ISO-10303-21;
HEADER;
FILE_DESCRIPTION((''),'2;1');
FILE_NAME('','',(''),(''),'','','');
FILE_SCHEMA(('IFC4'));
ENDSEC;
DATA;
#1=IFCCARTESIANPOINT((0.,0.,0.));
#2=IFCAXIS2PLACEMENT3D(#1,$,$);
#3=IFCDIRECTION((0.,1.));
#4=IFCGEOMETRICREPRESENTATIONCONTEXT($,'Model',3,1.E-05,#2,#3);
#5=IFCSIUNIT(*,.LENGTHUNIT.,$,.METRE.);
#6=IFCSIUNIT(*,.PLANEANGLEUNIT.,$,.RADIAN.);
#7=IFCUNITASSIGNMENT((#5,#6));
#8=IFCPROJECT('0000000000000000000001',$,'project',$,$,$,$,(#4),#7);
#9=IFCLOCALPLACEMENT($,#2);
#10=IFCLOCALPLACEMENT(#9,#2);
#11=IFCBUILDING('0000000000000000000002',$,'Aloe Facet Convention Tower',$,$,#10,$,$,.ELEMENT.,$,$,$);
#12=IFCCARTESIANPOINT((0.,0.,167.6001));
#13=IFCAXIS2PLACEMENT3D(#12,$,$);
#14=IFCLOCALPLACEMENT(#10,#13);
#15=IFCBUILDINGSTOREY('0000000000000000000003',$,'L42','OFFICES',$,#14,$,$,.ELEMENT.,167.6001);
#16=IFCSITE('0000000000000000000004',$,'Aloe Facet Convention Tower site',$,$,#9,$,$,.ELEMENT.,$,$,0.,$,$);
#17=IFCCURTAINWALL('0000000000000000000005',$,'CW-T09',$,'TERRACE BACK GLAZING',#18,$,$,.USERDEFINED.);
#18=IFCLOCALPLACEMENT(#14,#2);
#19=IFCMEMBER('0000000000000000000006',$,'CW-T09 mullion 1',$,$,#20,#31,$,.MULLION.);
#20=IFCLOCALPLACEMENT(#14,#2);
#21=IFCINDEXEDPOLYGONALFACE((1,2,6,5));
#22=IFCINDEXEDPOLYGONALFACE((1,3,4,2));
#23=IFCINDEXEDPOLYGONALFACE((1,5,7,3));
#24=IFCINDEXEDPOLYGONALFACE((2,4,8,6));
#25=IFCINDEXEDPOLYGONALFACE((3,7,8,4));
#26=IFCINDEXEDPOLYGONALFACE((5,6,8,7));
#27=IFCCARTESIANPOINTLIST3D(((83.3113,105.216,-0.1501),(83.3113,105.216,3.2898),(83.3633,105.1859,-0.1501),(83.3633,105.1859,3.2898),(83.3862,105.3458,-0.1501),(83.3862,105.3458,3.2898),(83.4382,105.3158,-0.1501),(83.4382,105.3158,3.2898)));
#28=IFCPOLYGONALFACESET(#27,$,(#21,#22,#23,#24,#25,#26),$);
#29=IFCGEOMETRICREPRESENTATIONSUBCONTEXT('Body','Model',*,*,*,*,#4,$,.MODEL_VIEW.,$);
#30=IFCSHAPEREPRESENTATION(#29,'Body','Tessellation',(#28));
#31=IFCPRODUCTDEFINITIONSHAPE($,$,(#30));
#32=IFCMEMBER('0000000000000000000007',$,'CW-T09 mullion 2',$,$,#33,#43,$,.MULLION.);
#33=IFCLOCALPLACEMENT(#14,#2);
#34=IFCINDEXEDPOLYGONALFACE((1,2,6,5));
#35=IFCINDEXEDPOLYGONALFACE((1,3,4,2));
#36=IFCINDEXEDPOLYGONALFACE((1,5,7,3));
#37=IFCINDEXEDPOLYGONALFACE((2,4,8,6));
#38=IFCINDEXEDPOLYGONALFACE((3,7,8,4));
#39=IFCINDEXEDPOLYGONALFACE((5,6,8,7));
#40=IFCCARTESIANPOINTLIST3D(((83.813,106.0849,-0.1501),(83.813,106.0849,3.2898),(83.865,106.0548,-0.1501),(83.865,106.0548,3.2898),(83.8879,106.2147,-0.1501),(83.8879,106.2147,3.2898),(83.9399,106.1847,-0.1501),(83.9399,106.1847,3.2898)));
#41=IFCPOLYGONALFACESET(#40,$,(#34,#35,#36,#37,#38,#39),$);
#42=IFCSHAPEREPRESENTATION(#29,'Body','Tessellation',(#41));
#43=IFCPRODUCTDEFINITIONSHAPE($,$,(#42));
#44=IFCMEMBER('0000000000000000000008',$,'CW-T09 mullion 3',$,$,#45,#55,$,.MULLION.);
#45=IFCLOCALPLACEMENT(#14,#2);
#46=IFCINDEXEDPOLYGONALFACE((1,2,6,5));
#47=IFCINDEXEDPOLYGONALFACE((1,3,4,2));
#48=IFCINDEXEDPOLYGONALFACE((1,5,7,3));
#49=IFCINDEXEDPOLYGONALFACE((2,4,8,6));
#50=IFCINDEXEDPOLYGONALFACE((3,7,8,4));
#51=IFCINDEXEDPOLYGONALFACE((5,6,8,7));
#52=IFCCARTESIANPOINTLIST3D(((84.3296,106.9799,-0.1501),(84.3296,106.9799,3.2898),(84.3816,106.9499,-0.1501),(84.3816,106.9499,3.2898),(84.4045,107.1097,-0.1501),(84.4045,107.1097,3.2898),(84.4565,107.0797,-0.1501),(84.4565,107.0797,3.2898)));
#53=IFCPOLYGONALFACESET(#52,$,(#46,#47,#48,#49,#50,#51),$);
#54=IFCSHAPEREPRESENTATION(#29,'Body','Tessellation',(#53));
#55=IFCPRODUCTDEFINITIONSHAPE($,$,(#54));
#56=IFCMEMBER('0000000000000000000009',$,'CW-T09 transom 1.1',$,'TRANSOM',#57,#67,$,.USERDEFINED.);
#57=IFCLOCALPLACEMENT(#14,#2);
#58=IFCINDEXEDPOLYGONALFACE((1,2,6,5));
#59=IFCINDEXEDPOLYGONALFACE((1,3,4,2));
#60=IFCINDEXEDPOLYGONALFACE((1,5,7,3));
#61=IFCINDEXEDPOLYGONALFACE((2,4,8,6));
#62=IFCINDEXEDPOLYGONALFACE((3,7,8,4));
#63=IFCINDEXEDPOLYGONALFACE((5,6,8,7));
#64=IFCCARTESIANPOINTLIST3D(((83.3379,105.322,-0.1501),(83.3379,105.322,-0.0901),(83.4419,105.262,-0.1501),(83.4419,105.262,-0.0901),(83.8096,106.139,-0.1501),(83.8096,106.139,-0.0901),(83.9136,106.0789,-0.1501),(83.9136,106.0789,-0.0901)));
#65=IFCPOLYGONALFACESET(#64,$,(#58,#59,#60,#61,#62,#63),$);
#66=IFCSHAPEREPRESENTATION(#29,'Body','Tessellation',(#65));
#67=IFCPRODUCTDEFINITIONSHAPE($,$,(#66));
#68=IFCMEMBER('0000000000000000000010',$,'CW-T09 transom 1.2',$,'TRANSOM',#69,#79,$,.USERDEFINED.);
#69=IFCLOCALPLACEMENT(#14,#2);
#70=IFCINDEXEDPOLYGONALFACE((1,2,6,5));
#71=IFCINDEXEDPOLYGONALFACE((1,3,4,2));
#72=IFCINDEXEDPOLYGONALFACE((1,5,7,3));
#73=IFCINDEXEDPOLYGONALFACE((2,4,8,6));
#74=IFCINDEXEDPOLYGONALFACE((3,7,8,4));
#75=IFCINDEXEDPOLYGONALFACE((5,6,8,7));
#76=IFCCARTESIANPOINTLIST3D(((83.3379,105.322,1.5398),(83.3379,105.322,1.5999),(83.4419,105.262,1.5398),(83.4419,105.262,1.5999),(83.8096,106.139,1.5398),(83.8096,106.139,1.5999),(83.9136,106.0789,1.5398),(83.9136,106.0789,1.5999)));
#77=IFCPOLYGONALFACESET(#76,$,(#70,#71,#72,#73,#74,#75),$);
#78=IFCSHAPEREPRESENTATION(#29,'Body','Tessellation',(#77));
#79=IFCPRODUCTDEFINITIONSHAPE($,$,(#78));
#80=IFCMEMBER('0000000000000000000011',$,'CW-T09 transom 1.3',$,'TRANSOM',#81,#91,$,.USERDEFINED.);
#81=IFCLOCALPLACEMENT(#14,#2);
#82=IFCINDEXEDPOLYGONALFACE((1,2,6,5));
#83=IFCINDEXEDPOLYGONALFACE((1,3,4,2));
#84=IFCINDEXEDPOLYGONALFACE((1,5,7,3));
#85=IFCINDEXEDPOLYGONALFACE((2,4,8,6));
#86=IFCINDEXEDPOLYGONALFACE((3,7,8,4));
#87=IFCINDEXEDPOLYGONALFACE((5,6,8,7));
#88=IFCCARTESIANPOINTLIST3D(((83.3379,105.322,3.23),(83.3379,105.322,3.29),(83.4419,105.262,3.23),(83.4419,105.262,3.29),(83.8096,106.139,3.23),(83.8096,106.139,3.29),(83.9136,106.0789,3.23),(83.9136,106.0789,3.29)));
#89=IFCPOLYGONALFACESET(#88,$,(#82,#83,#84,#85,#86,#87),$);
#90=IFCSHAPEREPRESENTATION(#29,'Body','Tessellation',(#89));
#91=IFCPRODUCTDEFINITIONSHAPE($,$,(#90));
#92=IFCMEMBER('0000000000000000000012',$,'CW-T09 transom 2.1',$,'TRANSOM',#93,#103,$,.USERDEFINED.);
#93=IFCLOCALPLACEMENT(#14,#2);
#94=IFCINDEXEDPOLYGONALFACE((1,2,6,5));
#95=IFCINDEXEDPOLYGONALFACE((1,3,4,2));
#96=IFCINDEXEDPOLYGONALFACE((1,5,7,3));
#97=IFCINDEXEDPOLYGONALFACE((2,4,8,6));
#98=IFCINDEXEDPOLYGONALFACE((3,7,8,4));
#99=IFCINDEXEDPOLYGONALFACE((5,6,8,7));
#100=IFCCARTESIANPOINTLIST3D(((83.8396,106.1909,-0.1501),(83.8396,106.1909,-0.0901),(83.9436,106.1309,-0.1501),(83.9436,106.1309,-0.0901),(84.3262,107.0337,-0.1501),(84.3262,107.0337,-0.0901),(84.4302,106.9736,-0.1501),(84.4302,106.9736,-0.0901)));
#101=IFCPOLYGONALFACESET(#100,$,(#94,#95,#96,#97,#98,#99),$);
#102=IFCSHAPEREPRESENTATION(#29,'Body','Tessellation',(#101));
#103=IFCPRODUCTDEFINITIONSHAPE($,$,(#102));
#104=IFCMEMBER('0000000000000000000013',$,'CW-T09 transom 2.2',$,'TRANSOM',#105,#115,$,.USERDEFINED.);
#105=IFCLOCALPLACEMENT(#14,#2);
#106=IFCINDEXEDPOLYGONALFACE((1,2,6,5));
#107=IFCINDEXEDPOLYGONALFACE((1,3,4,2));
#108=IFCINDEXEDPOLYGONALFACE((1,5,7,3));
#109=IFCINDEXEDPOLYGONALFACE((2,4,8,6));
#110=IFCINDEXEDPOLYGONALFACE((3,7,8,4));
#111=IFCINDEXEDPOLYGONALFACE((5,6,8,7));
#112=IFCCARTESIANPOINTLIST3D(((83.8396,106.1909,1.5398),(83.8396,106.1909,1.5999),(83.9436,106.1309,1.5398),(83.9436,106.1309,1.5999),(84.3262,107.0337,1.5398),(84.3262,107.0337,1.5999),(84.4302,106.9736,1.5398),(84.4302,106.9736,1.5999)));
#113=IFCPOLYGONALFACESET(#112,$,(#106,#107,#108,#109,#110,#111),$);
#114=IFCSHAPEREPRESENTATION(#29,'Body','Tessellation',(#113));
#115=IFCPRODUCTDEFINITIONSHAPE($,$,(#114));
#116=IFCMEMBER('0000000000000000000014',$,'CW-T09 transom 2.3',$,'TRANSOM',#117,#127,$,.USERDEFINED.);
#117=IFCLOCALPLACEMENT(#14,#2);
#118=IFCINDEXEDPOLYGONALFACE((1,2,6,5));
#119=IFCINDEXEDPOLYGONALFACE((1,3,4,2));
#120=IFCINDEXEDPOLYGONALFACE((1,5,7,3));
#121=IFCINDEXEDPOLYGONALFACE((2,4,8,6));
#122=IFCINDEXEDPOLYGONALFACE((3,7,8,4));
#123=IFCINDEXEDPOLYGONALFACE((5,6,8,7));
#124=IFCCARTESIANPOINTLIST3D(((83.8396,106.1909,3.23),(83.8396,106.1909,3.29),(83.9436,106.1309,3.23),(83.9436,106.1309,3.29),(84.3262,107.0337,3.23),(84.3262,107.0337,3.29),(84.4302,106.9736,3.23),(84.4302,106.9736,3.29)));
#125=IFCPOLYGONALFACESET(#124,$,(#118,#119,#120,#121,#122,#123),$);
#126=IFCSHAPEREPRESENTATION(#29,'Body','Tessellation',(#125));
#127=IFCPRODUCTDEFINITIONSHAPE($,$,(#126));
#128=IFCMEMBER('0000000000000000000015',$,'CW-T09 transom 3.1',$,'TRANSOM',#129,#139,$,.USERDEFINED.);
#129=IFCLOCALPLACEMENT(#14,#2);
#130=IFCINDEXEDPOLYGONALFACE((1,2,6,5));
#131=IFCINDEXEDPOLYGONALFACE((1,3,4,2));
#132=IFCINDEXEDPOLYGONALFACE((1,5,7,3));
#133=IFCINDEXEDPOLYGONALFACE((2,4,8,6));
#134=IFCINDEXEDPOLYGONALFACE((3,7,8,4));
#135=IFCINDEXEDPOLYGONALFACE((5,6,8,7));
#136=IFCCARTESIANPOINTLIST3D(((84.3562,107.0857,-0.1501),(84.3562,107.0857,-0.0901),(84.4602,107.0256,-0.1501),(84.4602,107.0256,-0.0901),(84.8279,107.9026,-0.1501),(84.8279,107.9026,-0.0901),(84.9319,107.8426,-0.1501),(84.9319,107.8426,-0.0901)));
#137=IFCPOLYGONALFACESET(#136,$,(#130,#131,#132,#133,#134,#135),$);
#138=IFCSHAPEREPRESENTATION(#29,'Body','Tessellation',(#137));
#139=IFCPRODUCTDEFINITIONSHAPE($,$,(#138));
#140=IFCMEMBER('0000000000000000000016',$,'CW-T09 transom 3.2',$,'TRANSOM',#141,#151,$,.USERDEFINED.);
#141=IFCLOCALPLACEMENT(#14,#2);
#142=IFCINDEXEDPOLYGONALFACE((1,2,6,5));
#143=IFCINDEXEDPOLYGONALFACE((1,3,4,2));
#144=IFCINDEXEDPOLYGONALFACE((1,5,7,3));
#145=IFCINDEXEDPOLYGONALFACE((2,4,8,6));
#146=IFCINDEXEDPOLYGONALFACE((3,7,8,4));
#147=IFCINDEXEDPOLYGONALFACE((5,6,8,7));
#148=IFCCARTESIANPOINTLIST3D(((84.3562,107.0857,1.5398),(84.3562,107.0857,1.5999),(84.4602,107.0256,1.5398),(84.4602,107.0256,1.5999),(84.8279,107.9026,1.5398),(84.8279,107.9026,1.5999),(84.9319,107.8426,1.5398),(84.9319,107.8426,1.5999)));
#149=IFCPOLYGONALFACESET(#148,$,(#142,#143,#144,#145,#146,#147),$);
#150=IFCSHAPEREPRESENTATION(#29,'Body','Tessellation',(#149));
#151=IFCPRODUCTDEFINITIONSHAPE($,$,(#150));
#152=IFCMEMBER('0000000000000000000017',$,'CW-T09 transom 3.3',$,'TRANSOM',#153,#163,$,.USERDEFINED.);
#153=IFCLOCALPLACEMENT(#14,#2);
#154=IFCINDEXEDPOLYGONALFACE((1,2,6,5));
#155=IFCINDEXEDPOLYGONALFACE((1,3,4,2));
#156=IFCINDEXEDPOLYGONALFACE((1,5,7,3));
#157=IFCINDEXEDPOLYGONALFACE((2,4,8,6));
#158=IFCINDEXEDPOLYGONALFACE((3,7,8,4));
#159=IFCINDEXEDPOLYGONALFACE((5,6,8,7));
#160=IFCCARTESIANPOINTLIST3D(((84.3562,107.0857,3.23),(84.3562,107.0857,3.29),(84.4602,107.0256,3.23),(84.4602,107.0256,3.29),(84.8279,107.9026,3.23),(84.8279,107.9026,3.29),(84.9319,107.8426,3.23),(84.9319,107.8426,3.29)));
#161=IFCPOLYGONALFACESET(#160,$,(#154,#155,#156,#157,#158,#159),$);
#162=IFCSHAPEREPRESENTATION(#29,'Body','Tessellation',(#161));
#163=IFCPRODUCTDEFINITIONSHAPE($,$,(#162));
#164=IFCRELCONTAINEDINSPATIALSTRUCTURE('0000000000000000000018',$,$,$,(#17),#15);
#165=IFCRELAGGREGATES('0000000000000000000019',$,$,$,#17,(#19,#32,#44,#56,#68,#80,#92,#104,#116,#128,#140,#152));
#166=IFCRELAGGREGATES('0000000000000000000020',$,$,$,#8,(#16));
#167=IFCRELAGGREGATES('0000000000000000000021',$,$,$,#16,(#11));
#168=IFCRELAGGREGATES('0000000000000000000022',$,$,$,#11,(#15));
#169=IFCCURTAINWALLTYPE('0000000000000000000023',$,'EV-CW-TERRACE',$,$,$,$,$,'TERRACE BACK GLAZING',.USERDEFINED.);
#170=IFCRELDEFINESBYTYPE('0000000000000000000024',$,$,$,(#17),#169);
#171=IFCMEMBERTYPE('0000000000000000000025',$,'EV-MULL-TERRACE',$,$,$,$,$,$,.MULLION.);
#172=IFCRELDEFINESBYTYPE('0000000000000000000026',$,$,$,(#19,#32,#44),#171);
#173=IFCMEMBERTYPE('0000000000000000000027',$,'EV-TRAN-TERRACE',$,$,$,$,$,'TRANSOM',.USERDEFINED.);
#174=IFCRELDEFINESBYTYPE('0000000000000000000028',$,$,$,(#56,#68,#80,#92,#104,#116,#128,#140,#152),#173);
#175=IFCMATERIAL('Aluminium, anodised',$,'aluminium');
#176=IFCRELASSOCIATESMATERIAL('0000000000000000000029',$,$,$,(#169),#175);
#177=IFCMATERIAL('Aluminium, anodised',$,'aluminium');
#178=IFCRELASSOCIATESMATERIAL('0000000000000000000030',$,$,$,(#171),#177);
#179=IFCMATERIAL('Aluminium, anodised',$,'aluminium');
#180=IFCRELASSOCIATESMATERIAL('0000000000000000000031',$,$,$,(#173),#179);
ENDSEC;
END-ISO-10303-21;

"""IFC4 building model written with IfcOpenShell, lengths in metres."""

from ifc_helpers import new_model, si_unit, direction, frame, origin, origin_2d, place, context, subcontext, project, spatial, rectangle, extrude, material, material_profile, profile_set, type_object, element, aggregate, save


model = new_model("IFC4")

# Units and contexts
model_context = context("Model", 3, precision=1e-05, world=origin(), true_north=direction((0.0, 1.0)))
body_context = subcontext(model_context, "Body", "Model", "MODEL_VIEW")
ifc_project = project(units=[si_unit("LENGTHUNIT", "METRE"), si_unit("PLANEANGLEUNIT", "RADIAN")], contexts=[model_context])

# Site, building, storey
site_placement = place(None, origin())
site = spatial("IfcSite", under=ifc_project, at=site_placement, Name="Aloe Facet Convention Tower site", CompositionType="ELEMENT", RefElevation=0.0)
building_placement = place(site_placement, origin())
building = spatial("IfcBuilding", under=site, at=building_placement, Name="Aloe Facet Convention Tower", CompositionType="ELEMENT")
storey_placement = place(building_placement, frame((0.0, 0.0, 167.6001)))
storey = spatial("IfcBuildingStorey", under=building, at=storey_placement, Name="L42", Description="OFFICES", CompositionType="ELEMENT", Elevation=167.6001)

# Curtain wall, members
ifc_material_1 = material(Name="Aluminium, anodised", Category="aluminium")
curtain_wall_type = type_object("IfcCurtainWallType", Name="EV-CW-TERRACE", ElementType="TERRACE BACK GLAZING", PredefinedType="USERDEFINED", material=ifc_material_1)
curtain_wall_placement = place(storey_placement, origin())
curtain_wall = element("IfcCurtainWall", 1, at=curtain_wall_placement, inside=storey, type_object=curtain_wall_type, Name="CW-T09", ObjectType="TERRACE BACK GLAZING", PredefinedType="USERDEFINED")
ifc_material_2 = material(Name="Aluminium, anodised", Category="aluminium")
ifc_material_profile_1 = material_profile(ifc_material_2, rectangle(XDim=0.0601, YDim=0.1499, at=origin_2d()), Name="AL 60x150")
ifc_profile_set_1 = profile_set([ifc_material_profile_1], Name="Aluminium, anodised")
member_type_1 = type_object("IfcMemberType", Name="EV-MULL-TERRACE", PredefinedType="MULLION", material=ifc_profile_set_1)
member_1_placement = place(storey_placement, frame((83.3748, 105.2659, -0.1501), z_axis=(0.0, 0.0, 1.0), x_axis=(-0.866025, 0.5, 0.0)))
member_1 = element("IfcMember", 2, at=member_1_placement, type_object=member_type_1, Name="CW-T09 mullion 1", PredefinedType="MULLION", context=body_context, shape_type="SweptSolid", body=[
    extrude(rectangle(XDim=0.0601, YDim=0.1499, at=origin_2d()), origin(), (0.0, 0.0, 1.0), 3.4399),
])
member_2_placement = place(storey_placement, frame((83.8765, 106.1348, -0.1501), z_axis=(0.0, 0.0, 1.0), x_axis=(-0.866025, 0.5, 0.0)))
member_2 = element("IfcMember", 3, at=member_2_placement, type_object=member_type_1, Name="CW-T09 mullion 2", PredefinedType="MULLION", context=body_context, shape_type="SweptSolid", body=[
    extrude(rectangle(XDim=0.0601, YDim=0.1499, at=origin_2d()), origin(), (0.0, 0.0, 1.0), 3.4399),
])
member_3_placement = place(storey_placement, frame((84.3931, 107.0298, -0.1501), z_axis=(0.0, 0.0, 1.0), x_axis=(-0.866025, 0.5, 0.0)))
member_3 = element("IfcMember", 4, at=member_3_placement, type_object=member_type_1, Name="CW-T09 mullion 3", PredefinedType="MULLION", context=body_context, shape_type="SweptSolid", body=[
    extrude(rectangle(XDim=0.0601, YDim=0.1499, at=origin_2d()), origin(), (0.0, 0.0, 1.0), 3.4399),
])
ifc_material_3 = material(Name="Aluminium, anodised", Category="aluminium")
ifc_material_profile_2 = material_profile(ifc_material_3, rectangle(XDim=0.1201, YDim=0.0601, at=origin_2d()), Name="AL 120x60")
ifc_profile_set_2 = profile_set([ifc_material_profile_2], Name="Aluminium, anodised")
member_type_2 = type_object("IfcMemberType", Name="EV-TRAN-TERRACE", ElementType="TRANSOM", PredefinedType="USERDEFINED", material=ifc_profile_set_2)
member_4_placement = place(storey_placement, frame((83.3899, 105.292, -0.1201), z_axis=(0.500036, 0.866005, 0.0), x_axis=(-0.866005, 0.500036, 0.0)))
member_4 = element("IfcMember", 5, at=member_4_placement, type_object=member_type_2, Name="CW-T09 transom 1.1", ObjectType="TRANSOM", PredefinedType="USERDEFINED", context=body_context, shape_type="SweptSolid", body=[
    extrude(rectangle(XDim=0.1201, YDim=0.0601, at=origin_2d()), origin(), (0.0, 0.0, 1.0), 0.9434),
])
member_5_placement = place(storey_placement, frame((83.3899, 105.292, 1.5698), z_axis=(0.500036, 0.866005, 0.0), x_axis=(-0.866005, 0.500036, 0.0)))
member_5 = element("IfcMember", 6, at=member_5_placement, type_object=member_type_2, Name="CW-T09 transom 1.2", ObjectType="TRANSOM", PredefinedType="USERDEFINED", context=body_context, shape_type="SweptSolid", body=[
    extrude(rectangle(XDim=0.1201, YDim=0.0601, at=origin_2d()), origin(), (0.0, 0.0, 1.0), 0.9434),
])
member_6_placement = place(storey_placement, frame((83.3899, 105.292, 3.26), z_axis=(0.500036, 0.866005, 0.0), x_axis=(-0.866005, 0.500036, 0.0)))
member_6 = element("IfcMember", 7, at=member_6_placement, type_object=member_type_2, Name="CW-T09 transom 1.3", ObjectType="TRANSOM", PredefinedType="USERDEFINED", context=body_context, shape_type="SweptSolid", body=[
    extrude(rectangle(XDim=0.1201, YDim=0.0601, at=origin_2d()), origin(), (0.0, 0.0, 1.0), 0.9434),
])
member_7_placement = place(storey_placement, frame((83.8916, 106.1609, -0.1201), z_axis=(0.499998, 0.866027, 0.0), x_axis=(-0.866027, 0.499998, 0.0)))
member_7 = element("IfcMember", 8, at=member_7_placement, type_object=member_type_2, Name="CW-T09 transom 2.1", ObjectType="TRANSOM", PredefinedType="USERDEFINED", context=body_context, shape_type="SweptSolid", body=[
    extrude(rectangle(XDim=0.1201, YDim=0.0601, at=origin_2d()), origin(), (0.0, 0.0, 1.0), 0.9731),
])
member_8_placement = place(storey_placement, frame((83.8916, 106.1609, 1.5698), z_axis=(0.499998, 0.866027, 0.0), x_axis=(-0.866027, 0.499998, 0.0)))
member_8 = element("IfcMember", 9, at=member_8_placement, type_object=member_type_2, Name="CW-T09 transom 2.2", ObjectType="TRANSOM", PredefinedType="USERDEFINED", context=body_context, shape_type="SweptSolid", body=[
    extrude(rectangle(XDim=0.1201, YDim=0.0601, at=origin_2d()), origin(), (0.0, 0.0, 1.0), 0.9731),
])
member_9_placement = place(storey_placement, frame((83.8916, 106.1609, 3.26), z_axis=(0.499998, 0.866027, 0.0), x_axis=(-0.866027, 0.499998, 0.0)))
member_9 = element("IfcMember", 10, at=member_9_placement, type_object=member_type_2, Name="CW-T09 transom 2.3", ObjectType="TRANSOM", PredefinedType="USERDEFINED", context=body_context, shape_type="SweptSolid", body=[
    extrude(rectangle(XDim=0.1201, YDim=0.0601, at=origin_2d()), origin(), (0.0, 0.0, 1.0), 0.9731),
])
member_10_placement = place(storey_placement, frame((84.4082, 107.0557, -0.1201), z_axis=(0.500036, 0.866005, 0.0), x_axis=(-0.866005, 0.500036, 0.0)))
member_10 = element("IfcMember", 11, at=member_10_placement, type_object=member_type_2, Name="CW-T09 transom 3.1", ObjectType="TRANSOM", PredefinedType="USERDEFINED", context=body_context, shape_type="SweptSolid", body=[
    extrude(rectangle(XDim=0.1201, YDim=0.0601, at=origin_2d()), origin(), (0.0, 0.0, 1.0), 0.9434),
])
member_11_placement = place(storey_placement, frame((84.4082, 107.0557, 1.5698), z_axis=(0.500036, 0.866005, 0.0), x_axis=(-0.866005, 0.500036, 0.0)))
member_11 = element("IfcMember", 12, at=member_11_placement, type_object=member_type_2, Name="CW-T09 transom 3.2", ObjectType="TRANSOM", PredefinedType="USERDEFINED", context=body_context, shape_type="SweptSolid", body=[
    extrude(rectangle(XDim=0.1201, YDim=0.0601, at=origin_2d()), origin(), (0.0, 0.0, 1.0), 0.9434),
])
member_12_placement = place(storey_placement, frame((84.4082, 107.0557, 3.26), z_axis=(0.500036, 0.866005, 0.0), x_axis=(-0.866005, 0.500036, 0.0)))
member_12 = element("IfcMember", 13, at=member_12_placement, type_object=member_type_2, Name="CW-T09 transom 3.3", ObjectType="TRANSOM", PredefinedType="USERDEFINED", context=body_context, shape_type="SweptSolid", body=[
    extrude(rectangle(XDim=0.1201, YDim=0.0601, at=origin_2d()), origin(), (0.0, 0.0, 1.0), 0.9434),
])

aggregate(curtain_wall, [member_1, member_2, member_3, member_4, member_5, member_6, member_7, member_8, member_9, member_10, member_11, member_12])

save(model, "model.ifc")
